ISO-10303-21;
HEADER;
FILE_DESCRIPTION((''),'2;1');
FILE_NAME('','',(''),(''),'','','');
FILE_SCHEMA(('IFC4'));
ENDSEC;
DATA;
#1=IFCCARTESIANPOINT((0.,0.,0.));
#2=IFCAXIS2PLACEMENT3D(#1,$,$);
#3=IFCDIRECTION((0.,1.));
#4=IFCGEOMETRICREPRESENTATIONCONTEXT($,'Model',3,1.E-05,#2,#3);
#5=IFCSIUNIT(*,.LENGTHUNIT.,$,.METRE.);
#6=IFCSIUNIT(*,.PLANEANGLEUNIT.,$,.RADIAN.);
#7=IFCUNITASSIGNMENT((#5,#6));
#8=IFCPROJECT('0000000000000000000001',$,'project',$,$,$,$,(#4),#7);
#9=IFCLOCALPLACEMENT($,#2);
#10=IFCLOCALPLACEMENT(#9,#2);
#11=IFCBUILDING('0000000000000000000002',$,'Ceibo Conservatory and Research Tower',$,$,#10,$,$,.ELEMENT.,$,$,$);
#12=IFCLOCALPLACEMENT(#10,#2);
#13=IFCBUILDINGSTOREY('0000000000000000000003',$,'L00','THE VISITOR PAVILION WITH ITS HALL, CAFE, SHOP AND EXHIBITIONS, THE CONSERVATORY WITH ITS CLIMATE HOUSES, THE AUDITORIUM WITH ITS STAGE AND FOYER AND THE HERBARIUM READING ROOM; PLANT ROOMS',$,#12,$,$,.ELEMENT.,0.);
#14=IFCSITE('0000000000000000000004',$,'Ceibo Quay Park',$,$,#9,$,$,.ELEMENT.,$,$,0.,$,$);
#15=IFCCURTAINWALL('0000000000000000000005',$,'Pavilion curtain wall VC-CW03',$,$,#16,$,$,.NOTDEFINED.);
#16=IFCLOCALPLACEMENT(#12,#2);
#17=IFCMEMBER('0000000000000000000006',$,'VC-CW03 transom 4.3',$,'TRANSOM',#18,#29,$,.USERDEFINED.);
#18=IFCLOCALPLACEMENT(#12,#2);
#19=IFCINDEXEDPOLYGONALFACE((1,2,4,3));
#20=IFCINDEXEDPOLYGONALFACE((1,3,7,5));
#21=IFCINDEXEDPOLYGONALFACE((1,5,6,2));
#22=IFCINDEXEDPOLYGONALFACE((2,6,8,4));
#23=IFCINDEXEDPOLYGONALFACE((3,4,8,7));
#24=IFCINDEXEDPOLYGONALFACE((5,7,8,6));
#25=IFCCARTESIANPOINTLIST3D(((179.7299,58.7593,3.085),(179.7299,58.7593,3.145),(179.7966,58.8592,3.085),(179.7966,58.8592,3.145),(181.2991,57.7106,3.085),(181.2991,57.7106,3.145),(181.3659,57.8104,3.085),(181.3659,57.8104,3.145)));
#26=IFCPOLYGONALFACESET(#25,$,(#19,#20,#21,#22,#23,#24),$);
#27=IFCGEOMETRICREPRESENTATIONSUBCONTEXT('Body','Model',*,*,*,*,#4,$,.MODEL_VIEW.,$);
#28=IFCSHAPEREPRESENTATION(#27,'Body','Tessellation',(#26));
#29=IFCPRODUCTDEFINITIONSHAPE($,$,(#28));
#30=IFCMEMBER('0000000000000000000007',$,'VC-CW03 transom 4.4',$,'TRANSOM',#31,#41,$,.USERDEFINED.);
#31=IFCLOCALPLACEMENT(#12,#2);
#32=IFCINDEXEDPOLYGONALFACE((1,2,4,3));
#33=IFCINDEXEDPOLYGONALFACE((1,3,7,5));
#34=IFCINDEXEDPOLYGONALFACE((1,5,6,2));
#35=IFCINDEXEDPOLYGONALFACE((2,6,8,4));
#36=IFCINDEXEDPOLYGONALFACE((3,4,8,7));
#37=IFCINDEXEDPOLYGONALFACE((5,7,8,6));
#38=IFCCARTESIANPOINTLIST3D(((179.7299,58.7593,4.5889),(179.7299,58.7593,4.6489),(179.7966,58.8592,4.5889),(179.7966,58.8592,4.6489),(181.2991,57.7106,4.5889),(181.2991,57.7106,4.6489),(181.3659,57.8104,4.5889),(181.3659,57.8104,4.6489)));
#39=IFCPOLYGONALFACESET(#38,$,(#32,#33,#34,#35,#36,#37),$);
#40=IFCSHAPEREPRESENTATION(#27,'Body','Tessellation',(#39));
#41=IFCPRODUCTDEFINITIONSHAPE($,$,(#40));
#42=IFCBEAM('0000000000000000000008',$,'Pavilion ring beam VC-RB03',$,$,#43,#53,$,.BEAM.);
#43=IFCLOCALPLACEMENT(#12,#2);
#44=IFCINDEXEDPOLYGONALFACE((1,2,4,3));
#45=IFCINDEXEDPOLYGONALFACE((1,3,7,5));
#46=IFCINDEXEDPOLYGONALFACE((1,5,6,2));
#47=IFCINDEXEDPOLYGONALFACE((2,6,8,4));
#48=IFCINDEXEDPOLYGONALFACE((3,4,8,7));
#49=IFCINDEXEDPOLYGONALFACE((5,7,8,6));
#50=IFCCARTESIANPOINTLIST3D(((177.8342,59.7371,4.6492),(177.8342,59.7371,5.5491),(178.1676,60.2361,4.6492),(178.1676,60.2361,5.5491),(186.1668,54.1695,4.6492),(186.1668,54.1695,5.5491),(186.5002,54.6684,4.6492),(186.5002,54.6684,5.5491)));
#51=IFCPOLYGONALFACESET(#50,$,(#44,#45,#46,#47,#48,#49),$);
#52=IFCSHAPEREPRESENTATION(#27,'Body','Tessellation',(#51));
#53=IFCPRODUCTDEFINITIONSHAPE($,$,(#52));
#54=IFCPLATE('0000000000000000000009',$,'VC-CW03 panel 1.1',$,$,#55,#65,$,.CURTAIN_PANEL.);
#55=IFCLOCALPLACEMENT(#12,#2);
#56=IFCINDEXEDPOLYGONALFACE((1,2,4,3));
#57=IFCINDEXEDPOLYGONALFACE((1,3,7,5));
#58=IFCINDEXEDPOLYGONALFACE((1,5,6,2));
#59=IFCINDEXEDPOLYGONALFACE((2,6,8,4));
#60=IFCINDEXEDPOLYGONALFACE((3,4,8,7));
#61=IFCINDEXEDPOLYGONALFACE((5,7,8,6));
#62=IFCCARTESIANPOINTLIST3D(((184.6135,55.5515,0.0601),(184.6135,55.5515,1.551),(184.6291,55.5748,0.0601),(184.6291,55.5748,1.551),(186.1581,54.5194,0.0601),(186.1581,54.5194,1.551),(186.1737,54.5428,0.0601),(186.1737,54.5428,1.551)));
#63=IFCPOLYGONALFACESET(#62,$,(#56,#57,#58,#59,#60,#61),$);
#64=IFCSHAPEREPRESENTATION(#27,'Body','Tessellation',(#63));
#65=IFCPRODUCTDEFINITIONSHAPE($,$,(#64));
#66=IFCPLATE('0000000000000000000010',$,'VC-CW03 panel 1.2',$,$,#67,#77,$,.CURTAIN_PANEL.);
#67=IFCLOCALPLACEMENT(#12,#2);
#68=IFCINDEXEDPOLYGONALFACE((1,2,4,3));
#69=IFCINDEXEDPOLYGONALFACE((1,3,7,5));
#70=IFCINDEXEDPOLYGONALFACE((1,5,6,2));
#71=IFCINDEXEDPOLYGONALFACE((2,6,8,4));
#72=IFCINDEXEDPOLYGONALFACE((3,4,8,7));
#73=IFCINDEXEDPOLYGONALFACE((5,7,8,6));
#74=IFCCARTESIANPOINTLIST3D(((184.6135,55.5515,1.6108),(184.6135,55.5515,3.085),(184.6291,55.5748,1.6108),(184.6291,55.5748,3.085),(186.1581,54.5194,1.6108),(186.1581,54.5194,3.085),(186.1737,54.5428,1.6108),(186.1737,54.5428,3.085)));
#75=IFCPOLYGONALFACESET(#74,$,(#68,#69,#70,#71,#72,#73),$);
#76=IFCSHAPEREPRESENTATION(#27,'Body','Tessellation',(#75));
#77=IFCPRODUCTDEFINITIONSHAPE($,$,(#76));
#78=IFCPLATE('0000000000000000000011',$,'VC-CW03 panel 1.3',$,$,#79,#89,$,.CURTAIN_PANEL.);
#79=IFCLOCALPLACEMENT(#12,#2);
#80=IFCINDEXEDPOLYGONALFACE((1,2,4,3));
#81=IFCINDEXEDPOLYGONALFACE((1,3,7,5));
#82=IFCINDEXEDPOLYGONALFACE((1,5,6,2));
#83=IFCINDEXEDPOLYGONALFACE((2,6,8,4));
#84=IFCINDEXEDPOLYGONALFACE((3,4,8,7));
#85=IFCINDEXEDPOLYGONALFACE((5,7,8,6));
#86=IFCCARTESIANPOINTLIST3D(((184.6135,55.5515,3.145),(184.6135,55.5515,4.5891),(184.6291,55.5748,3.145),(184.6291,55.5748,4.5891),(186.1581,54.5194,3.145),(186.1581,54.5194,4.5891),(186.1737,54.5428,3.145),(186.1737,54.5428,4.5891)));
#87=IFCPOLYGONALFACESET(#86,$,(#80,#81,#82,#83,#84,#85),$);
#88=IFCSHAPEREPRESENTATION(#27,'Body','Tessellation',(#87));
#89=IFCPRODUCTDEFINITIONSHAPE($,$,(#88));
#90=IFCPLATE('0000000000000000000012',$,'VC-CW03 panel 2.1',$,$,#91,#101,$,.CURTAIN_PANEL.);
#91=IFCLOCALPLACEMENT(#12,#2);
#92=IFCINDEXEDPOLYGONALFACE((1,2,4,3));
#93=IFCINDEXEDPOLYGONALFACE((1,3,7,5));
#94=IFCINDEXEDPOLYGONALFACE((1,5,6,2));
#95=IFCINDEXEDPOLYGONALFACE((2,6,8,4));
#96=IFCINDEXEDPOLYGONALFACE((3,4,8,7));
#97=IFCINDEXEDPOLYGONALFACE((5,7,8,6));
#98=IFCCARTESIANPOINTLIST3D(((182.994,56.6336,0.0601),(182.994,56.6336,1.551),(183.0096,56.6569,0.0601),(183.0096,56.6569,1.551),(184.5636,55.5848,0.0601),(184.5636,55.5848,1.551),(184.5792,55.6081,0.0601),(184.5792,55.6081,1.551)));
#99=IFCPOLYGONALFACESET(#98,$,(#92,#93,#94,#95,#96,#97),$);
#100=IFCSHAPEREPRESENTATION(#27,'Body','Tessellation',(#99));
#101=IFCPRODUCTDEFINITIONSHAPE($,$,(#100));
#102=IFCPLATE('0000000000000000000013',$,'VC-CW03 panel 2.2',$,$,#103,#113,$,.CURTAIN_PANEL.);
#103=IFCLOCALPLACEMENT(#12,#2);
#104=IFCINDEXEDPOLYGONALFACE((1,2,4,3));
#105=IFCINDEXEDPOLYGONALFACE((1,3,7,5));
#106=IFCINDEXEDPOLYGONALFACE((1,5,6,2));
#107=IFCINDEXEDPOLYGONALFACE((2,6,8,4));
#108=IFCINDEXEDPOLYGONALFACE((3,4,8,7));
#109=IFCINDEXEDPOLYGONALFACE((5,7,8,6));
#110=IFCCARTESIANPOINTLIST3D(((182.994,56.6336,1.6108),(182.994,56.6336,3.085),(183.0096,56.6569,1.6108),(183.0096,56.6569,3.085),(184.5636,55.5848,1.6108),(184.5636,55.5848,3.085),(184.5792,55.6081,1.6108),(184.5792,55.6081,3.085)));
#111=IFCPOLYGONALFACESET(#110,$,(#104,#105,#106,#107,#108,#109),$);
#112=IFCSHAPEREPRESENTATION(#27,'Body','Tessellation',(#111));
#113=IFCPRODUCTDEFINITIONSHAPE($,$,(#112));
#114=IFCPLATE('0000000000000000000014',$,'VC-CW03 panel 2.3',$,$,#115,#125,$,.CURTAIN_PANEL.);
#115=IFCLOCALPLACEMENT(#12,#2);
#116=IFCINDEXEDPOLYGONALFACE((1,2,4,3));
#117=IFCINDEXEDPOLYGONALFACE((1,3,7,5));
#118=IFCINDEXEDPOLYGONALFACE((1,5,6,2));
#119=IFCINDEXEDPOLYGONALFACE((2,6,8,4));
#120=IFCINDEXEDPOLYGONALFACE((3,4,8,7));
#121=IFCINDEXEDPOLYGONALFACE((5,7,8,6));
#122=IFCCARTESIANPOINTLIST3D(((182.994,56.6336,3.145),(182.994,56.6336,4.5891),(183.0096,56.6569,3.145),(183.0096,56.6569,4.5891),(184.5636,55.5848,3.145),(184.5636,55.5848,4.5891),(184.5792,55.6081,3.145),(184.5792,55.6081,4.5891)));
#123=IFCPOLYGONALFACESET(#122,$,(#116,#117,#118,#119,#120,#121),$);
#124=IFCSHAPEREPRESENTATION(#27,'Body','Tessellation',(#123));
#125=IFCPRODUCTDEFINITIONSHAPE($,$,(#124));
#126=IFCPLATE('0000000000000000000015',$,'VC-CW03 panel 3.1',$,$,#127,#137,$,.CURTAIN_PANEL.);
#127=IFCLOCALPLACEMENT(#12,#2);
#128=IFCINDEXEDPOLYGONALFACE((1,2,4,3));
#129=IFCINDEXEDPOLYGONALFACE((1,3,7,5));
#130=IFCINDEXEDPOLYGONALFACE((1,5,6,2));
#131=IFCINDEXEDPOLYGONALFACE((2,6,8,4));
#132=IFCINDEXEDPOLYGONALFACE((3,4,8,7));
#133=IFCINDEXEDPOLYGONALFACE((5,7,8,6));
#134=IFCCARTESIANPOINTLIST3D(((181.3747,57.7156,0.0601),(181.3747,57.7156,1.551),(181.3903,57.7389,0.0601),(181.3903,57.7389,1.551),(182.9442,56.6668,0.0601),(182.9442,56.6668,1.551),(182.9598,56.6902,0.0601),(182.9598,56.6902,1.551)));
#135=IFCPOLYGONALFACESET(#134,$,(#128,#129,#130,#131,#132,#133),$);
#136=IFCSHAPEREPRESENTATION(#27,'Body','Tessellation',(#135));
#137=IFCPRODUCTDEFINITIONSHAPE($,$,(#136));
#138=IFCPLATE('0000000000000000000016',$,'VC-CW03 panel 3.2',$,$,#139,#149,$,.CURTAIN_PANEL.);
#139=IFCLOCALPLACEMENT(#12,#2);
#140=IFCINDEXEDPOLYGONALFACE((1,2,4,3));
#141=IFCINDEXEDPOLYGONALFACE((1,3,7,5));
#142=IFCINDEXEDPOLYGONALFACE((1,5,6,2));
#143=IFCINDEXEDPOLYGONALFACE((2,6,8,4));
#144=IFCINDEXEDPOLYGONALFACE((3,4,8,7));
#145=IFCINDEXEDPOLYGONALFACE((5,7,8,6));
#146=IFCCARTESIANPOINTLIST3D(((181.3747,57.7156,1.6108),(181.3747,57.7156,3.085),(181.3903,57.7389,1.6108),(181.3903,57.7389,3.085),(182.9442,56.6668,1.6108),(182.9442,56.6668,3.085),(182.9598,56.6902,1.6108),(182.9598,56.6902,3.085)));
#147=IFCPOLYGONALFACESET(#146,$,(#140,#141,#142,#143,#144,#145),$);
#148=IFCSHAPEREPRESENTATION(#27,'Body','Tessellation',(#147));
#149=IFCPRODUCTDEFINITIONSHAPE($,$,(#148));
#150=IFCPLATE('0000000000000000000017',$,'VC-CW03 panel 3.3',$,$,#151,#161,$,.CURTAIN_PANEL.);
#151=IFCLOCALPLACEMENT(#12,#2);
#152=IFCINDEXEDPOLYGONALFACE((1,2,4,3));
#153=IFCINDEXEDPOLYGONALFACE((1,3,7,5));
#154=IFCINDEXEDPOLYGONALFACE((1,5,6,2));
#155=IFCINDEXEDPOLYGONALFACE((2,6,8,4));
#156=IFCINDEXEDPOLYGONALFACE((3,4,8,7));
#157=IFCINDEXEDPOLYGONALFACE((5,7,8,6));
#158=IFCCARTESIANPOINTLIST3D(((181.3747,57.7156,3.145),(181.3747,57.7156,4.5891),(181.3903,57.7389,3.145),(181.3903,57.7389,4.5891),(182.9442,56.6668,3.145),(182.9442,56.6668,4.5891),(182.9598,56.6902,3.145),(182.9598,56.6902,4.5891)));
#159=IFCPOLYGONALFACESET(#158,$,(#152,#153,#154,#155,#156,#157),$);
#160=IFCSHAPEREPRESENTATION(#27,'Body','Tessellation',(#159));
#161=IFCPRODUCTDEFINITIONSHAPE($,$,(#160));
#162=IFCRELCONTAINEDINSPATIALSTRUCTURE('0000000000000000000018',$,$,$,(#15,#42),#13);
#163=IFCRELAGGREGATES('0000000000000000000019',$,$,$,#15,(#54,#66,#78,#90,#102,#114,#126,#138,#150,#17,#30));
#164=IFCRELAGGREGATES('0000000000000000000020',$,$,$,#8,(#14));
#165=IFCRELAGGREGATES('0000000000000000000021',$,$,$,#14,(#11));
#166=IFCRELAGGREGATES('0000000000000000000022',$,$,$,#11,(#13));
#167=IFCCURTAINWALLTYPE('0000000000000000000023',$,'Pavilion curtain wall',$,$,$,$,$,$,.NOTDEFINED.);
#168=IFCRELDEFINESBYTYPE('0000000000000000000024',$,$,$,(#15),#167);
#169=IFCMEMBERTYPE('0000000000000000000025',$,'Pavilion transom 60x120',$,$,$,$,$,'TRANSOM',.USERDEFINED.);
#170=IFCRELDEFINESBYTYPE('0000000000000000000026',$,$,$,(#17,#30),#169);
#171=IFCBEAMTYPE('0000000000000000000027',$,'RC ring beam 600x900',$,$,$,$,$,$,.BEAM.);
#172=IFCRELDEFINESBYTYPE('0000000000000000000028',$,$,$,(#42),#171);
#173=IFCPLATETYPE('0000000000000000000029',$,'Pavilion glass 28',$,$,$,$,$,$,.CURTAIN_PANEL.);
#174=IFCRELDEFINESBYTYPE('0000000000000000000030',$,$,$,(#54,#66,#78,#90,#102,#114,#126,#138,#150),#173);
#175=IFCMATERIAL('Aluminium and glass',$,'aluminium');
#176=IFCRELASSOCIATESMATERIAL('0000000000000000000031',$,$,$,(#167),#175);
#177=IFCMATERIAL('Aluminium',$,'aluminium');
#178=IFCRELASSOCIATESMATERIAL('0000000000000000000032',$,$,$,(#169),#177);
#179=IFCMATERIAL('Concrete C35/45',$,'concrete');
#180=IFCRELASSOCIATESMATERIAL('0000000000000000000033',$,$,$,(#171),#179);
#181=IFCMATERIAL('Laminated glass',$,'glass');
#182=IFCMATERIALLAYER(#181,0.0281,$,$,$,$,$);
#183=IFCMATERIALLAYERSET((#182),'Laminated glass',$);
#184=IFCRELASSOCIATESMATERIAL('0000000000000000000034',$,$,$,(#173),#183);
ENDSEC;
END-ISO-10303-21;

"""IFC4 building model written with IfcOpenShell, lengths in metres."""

from ifc_helpers import new_model, si_unit, direction, frame, origin, origin_2d, place, context, subcontext, project, spatial, rectangle, extrude, material, layer, layer_set, material_profile, profile_set, type_object, element, aggregate, save


model = new_model("IFC4")

# Units and contexts
model_context = context("Model", 3, precision=1e-05, world=origin(), true_north=direction((0.0, 1.0)))
body_context = subcontext(model_context, "Body", "Model", "MODEL_VIEW")
ifc_project = project(units=[si_unit("LENGTHUNIT", "METRE"), si_unit("PLANEANGLEUNIT", "RADIAN")], contexts=[model_context])

# Site, building, storey
site_placement = place(None, origin())
site = spatial("IfcSite", under=ifc_project, at=site_placement, Name="Ceibo Quay Park", CompositionType="ELEMENT", RefElevation=0.0)
building_placement = place(site_placement, origin())
building = spatial("IfcBuilding", under=site, at=building_placement, Name="Ceibo Conservatory and Research Tower", CompositionType="ELEMENT")
storey_placement = place(building_placement, origin())
storey = spatial("IfcBuildingStorey", under=building, at=storey_placement, Name="L00", Description="THE VISITOR PAVILION WITH ITS HALL, CAFE, SHOP AND EXHIBITIONS, THE CONSERVATORY WITH ITS CLIMATE HOUSES, THE AUDITORIUM WITH ITS STAGE AND FOYER AND THE HERBARIUM READING ROOM; PLANT ROOMS", CompositionType="ELEMENT", Elevation=0.0)

# Shared definitions
ifc_material_1 = material(Name="Concrete C35/45", Category="concrete")

# Shared definitions
ifc_material_2 = material(Name="Aluminium and glass", Category="aluminium")
curtain_wall_type = type_object("IfcCurtainWallType", Name="Pavilion curtain wall", PredefinedType="NOTDEFINED", material=ifc_material_2)
ifc_material_3 = material(Name="Aluminium", Category="aluminium")

# Curtain wall, members
curtain_wall_1_placement = place(storey_placement, origin())
curtain_wall_1 = element("IfcCurtainWall", 1, at=curtain_wall_1_placement, inside=storey, type_object=curtain_wall_type, Name="Pavilion curtain wall VC-CW03", PredefinedType="NOTDEFINED")
ifc_material_profile_1 = material_profile(ifc_material_3, rectangle(XDim=0.1201, YDim=0.0601, at=origin_2d()), Name="AL 60x120")
ifc_profile_set_1 = profile_set([ifc_material_profile_1], Name="Aluminium")
member_type_1 = type_object("IfcMemberType", Name="Pavilion transom 60x120", ElementType="TRANSOM", PredefinedType="USERDEFINED", material=ifc_profile_set_1)
member_1_placement = place(storey_placement, frame((181.3325, 57.7605, 3.115), z_axis=(-0.831413, 0.555655, 0.0), x_axis=(-0.555655, -0.831413, 0.0)))
member_1 = element("IfcMember", 2, at=member_1_placement, type_object=member_type_1, Name="VC-CW03 transom 4.3", ObjectType="TRANSOM", PredefinedType="USERDEFINED", context=body_context, shape_type="SweptSolid", body=[
    extrude(rectangle(XDim=0.1201, YDim=0.0601, at=origin_2d()), origin(), (0.0, 0.0, 1.0), 1.8875),
])
member_2_placement = place(storey_placement, frame((181.3325, 57.7605, 4.6189), z_axis=(-0.831413, 0.555655, 0.0), x_axis=(-0.555655, -0.831413, 0.0)))
member_2 = element("IfcMember", 3, at=member_2_placement, type_object=member_type_1, Name="VC-CW03 transom 4.4", ObjectType="TRANSOM", PredefinedType="USERDEFINED", context=body_context, shape_type="SweptSolid", body=[
    extrude(rectangle(XDim=0.1201, YDim=0.0601, at=origin_2d()), origin(), (0.0, 0.0, 1.0), 1.8875),
])

# Beam
ifc_material_profile_2 = material_profile(ifc_material_1, rectangle(XDim=0.6001, YDim=0.8999, at=origin_2d()), Name="RC 600x900")
ifc_profile_set_2 = profile_set([ifc_material_profile_2], Name="Concrete C35/45")
beam_type = type_object("IfcBeamType", Name="RC ring beam 600x900", PredefinedType="BEAM", material=ifc_profile_set_2)
beam_placement = place(storey_placement, frame((186.3335, 54.4189, 5.0991), z_axis=(-0.831469, 0.555571, 0.0), x_axis=(-0.555571, -0.831469, 0.0)))
element("IfcBeam", 4, at=beam_placement, inside=storey, type_object=beam_type, Name="Pavilion ring beam VC-RB03", PredefinedType="BEAM", context=body_context, shape_type="SweptSolid", body=[
    extrude(rectangle(XDim=0.6001, YDim=0.8999, at=origin_2d()), origin(), (0.0, 0.0, 1.0), 10.0215),
])

# Plates
ifc_material_4 = material(Name="Laminated glass", Category="glass")
ifc_layer_1 = layer(ifc_material_4, 0.0281)
ifc_layer_set_1 = layer_set([ifc_layer_1], Name="Laminated glass")
plate_type = type_object("IfcPlateType", Name="Pavilion glass 28", PredefinedType="CURTAIN_PANEL", material=ifc_layer_set_1)
plate_1_placement = place(storey_placement, frame((185.3936, 55.0471, 0.0601), z_axis=(0.0, 0.0, 1.0), x_axis=(-0.83147, 0.55557, 0.0)))
plate_1 = element("IfcPlate", 5, at=plate_1_placement, type_object=plate_type, Name="VC-CW03 panel 1.1", PredefinedType="CURTAIN_PANEL", context=body_context, shape_type="SweptSolid", body=[
    extrude(rectangle(XDim=1.8577, YDim=0.0281, at=origin_2d()), origin(), (0.0, 0.0, 1.0), 1.491),
])
plate_2_placement = place(storey_placement, frame((185.3936, 55.0471, 1.6108), z_axis=(0.0, 0.0, 1.0), x_axis=(-0.83147, 0.55557, 0.0)))
plate_2 = element("IfcPlate", 6, at=plate_2_placement, type_object=plate_type, Name="VC-CW03 panel 1.2", PredefinedType="CURTAIN_PANEL", context=body_context, shape_type="SweptSolid", body=[
    extrude(rectangle(XDim=1.8577, YDim=0.0281, at=origin_2d()), origin(), (0.0, 0.0, 1.0), 1.4741),
])
plate_3_placement = place(storey_placement, frame((185.3936, 55.0471, 3.145), z_axis=(0.0, 0.0, 1.0), x_axis=(-0.83147, 0.55557, 0.0)))
plate_3 = element("IfcPlate", 7, at=plate_3_placement, type_object=plate_type, Name="VC-CW03 panel 1.3", PredefinedType="CURTAIN_PANEL", context=body_context, shape_type="SweptSolid", body=[
    extrude(rectangle(XDim=1.8577, YDim=0.0281, at=origin_2d()), origin(), (0.0, 0.0, 1.0), 1.4441),
])
plate_4_placement = place(storey_placement, frame((183.7866, 56.1208, 0.0601), z_axis=(0.0, 0.0, 1.0), x_axis=(-0.83147, 0.55557, 0.0)))
plate_4 = element("IfcPlate", 8, at=plate_4_placement, type_object=plate_type, Name="VC-CW03 panel 2.1", PredefinedType="CURTAIN_PANEL", context=body_context, shape_type="SweptSolid", body=[
    extrude(rectangle(XDim=1.8877, YDim=0.0281, at=origin_2d()), origin(), (0.0, 0.0, 1.0), 1.491),
])
plate_5_placement = place(storey_placement, frame((183.7866, 56.1208, 1.6108), z_axis=(0.0, 0.0, 1.0), x_axis=(-0.83147, 0.55557, 0.0)))
plate_5 = element("IfcPlate", 9, at=plate_5_placement, type_object=plate_type, Name="VC-CW03 panel 2.2", PredefinedType="CURTAIN_PANEL", context=body_context, shape_type="SweptSolid", body=[
    extrude(rectangle(XDim=1.8877, YDim=0.0281, at=origin_2d()), origin(), (0.0, 0.0, 1.0), 1.4741),
])
plate_6_placement = place(storey_placement, frame((183.7866, 56.1208, 3.145), z_axis=(0.0, 0.0, 1.0), x_axis=(-0.83147, 0.55557, 0.0)))
plate_6 = element("IfcPlate", 10, at=plate_6_placement, type_object=plate_type, Name="VC-CW03 panel 2.3", PredefinedType="CURTAIN_PANEL", context=body_context, shape_type="SweptSolid", body=[
    extrude(rectangle(XDim=1.8877, YDim=0.0281, at=origin_2d()), origin(), (0.0, 0.0, 1.0), 1.4441),
])
plate_7_placement = place(storey_placement, frame((182.1672, 57.2029, 0.0601), z_axis=(0.0, 0.0, 1.0), x_axis=(-0.83147, 0.55557, 0.0)))
plate_7 = element("IfcPlate", 11, at=plate_7_placement, type_object=plate_type, Name="VC-CW03 panel 3.1", PredefinedType="CURTAIN_PANEL", context=body_context, shape_type="SweptSolid", body=[
    extrude(rectangle(XDim=1.8877, YDim=0.0281, at=origin_2d()), origin(), (0.0, 0.0, 1.0), 1.491),
])
plate_8_placement = place(storey_placement, frame((182.1672, 57.2029, 1.6108), z_axis=(0.0, 0.0, 1.0), x_axis=(-0.83147, 0.55557, 0.0)))
plate_8 = element("IfcPlate", 12, at=plate_8_placement, type_object=plate_type, Name="VC-CW03 panel 3.2", PredefinedType="CURTAIN_PANEL", context=body_context, shape_type="SweptSolid", body=[
    extrude(rectangle(XDim=1.8877, YDim=0.0281, at=origin_2d()), origin(), (0.0, 0.0, 1.0), 1.4741),
])
plate_9_placement = place(storey_placement, frame((182.1672, 57.2029, 3.145), z_axis=(0.0, 0.0, 1.0), x_axis=(-0.83147, 0.55557, 0.0)))
plate_9 = element("IfcPlate", 13, at=plate_9_placement, type_object=plate_type, Name="VC-CW03 panel 3.3", PredefinedType="CURTAIN_PANEL", context=body_context, shape_type="SweptSolid", body=[
    extrude(rectangle(XDim=1.8877, YDim=0.0281, at=origin_2d()), origin(), (0.0, 0.0, 1.0), 1.4441),
])
aggregate(curtain_wall_1, [plate_1, plate_2, plate_3, plate_4, plate_5, plate_6, plate_7, plate_8, plate_9, member_1, member_2])

save(model, "model.ifc")
